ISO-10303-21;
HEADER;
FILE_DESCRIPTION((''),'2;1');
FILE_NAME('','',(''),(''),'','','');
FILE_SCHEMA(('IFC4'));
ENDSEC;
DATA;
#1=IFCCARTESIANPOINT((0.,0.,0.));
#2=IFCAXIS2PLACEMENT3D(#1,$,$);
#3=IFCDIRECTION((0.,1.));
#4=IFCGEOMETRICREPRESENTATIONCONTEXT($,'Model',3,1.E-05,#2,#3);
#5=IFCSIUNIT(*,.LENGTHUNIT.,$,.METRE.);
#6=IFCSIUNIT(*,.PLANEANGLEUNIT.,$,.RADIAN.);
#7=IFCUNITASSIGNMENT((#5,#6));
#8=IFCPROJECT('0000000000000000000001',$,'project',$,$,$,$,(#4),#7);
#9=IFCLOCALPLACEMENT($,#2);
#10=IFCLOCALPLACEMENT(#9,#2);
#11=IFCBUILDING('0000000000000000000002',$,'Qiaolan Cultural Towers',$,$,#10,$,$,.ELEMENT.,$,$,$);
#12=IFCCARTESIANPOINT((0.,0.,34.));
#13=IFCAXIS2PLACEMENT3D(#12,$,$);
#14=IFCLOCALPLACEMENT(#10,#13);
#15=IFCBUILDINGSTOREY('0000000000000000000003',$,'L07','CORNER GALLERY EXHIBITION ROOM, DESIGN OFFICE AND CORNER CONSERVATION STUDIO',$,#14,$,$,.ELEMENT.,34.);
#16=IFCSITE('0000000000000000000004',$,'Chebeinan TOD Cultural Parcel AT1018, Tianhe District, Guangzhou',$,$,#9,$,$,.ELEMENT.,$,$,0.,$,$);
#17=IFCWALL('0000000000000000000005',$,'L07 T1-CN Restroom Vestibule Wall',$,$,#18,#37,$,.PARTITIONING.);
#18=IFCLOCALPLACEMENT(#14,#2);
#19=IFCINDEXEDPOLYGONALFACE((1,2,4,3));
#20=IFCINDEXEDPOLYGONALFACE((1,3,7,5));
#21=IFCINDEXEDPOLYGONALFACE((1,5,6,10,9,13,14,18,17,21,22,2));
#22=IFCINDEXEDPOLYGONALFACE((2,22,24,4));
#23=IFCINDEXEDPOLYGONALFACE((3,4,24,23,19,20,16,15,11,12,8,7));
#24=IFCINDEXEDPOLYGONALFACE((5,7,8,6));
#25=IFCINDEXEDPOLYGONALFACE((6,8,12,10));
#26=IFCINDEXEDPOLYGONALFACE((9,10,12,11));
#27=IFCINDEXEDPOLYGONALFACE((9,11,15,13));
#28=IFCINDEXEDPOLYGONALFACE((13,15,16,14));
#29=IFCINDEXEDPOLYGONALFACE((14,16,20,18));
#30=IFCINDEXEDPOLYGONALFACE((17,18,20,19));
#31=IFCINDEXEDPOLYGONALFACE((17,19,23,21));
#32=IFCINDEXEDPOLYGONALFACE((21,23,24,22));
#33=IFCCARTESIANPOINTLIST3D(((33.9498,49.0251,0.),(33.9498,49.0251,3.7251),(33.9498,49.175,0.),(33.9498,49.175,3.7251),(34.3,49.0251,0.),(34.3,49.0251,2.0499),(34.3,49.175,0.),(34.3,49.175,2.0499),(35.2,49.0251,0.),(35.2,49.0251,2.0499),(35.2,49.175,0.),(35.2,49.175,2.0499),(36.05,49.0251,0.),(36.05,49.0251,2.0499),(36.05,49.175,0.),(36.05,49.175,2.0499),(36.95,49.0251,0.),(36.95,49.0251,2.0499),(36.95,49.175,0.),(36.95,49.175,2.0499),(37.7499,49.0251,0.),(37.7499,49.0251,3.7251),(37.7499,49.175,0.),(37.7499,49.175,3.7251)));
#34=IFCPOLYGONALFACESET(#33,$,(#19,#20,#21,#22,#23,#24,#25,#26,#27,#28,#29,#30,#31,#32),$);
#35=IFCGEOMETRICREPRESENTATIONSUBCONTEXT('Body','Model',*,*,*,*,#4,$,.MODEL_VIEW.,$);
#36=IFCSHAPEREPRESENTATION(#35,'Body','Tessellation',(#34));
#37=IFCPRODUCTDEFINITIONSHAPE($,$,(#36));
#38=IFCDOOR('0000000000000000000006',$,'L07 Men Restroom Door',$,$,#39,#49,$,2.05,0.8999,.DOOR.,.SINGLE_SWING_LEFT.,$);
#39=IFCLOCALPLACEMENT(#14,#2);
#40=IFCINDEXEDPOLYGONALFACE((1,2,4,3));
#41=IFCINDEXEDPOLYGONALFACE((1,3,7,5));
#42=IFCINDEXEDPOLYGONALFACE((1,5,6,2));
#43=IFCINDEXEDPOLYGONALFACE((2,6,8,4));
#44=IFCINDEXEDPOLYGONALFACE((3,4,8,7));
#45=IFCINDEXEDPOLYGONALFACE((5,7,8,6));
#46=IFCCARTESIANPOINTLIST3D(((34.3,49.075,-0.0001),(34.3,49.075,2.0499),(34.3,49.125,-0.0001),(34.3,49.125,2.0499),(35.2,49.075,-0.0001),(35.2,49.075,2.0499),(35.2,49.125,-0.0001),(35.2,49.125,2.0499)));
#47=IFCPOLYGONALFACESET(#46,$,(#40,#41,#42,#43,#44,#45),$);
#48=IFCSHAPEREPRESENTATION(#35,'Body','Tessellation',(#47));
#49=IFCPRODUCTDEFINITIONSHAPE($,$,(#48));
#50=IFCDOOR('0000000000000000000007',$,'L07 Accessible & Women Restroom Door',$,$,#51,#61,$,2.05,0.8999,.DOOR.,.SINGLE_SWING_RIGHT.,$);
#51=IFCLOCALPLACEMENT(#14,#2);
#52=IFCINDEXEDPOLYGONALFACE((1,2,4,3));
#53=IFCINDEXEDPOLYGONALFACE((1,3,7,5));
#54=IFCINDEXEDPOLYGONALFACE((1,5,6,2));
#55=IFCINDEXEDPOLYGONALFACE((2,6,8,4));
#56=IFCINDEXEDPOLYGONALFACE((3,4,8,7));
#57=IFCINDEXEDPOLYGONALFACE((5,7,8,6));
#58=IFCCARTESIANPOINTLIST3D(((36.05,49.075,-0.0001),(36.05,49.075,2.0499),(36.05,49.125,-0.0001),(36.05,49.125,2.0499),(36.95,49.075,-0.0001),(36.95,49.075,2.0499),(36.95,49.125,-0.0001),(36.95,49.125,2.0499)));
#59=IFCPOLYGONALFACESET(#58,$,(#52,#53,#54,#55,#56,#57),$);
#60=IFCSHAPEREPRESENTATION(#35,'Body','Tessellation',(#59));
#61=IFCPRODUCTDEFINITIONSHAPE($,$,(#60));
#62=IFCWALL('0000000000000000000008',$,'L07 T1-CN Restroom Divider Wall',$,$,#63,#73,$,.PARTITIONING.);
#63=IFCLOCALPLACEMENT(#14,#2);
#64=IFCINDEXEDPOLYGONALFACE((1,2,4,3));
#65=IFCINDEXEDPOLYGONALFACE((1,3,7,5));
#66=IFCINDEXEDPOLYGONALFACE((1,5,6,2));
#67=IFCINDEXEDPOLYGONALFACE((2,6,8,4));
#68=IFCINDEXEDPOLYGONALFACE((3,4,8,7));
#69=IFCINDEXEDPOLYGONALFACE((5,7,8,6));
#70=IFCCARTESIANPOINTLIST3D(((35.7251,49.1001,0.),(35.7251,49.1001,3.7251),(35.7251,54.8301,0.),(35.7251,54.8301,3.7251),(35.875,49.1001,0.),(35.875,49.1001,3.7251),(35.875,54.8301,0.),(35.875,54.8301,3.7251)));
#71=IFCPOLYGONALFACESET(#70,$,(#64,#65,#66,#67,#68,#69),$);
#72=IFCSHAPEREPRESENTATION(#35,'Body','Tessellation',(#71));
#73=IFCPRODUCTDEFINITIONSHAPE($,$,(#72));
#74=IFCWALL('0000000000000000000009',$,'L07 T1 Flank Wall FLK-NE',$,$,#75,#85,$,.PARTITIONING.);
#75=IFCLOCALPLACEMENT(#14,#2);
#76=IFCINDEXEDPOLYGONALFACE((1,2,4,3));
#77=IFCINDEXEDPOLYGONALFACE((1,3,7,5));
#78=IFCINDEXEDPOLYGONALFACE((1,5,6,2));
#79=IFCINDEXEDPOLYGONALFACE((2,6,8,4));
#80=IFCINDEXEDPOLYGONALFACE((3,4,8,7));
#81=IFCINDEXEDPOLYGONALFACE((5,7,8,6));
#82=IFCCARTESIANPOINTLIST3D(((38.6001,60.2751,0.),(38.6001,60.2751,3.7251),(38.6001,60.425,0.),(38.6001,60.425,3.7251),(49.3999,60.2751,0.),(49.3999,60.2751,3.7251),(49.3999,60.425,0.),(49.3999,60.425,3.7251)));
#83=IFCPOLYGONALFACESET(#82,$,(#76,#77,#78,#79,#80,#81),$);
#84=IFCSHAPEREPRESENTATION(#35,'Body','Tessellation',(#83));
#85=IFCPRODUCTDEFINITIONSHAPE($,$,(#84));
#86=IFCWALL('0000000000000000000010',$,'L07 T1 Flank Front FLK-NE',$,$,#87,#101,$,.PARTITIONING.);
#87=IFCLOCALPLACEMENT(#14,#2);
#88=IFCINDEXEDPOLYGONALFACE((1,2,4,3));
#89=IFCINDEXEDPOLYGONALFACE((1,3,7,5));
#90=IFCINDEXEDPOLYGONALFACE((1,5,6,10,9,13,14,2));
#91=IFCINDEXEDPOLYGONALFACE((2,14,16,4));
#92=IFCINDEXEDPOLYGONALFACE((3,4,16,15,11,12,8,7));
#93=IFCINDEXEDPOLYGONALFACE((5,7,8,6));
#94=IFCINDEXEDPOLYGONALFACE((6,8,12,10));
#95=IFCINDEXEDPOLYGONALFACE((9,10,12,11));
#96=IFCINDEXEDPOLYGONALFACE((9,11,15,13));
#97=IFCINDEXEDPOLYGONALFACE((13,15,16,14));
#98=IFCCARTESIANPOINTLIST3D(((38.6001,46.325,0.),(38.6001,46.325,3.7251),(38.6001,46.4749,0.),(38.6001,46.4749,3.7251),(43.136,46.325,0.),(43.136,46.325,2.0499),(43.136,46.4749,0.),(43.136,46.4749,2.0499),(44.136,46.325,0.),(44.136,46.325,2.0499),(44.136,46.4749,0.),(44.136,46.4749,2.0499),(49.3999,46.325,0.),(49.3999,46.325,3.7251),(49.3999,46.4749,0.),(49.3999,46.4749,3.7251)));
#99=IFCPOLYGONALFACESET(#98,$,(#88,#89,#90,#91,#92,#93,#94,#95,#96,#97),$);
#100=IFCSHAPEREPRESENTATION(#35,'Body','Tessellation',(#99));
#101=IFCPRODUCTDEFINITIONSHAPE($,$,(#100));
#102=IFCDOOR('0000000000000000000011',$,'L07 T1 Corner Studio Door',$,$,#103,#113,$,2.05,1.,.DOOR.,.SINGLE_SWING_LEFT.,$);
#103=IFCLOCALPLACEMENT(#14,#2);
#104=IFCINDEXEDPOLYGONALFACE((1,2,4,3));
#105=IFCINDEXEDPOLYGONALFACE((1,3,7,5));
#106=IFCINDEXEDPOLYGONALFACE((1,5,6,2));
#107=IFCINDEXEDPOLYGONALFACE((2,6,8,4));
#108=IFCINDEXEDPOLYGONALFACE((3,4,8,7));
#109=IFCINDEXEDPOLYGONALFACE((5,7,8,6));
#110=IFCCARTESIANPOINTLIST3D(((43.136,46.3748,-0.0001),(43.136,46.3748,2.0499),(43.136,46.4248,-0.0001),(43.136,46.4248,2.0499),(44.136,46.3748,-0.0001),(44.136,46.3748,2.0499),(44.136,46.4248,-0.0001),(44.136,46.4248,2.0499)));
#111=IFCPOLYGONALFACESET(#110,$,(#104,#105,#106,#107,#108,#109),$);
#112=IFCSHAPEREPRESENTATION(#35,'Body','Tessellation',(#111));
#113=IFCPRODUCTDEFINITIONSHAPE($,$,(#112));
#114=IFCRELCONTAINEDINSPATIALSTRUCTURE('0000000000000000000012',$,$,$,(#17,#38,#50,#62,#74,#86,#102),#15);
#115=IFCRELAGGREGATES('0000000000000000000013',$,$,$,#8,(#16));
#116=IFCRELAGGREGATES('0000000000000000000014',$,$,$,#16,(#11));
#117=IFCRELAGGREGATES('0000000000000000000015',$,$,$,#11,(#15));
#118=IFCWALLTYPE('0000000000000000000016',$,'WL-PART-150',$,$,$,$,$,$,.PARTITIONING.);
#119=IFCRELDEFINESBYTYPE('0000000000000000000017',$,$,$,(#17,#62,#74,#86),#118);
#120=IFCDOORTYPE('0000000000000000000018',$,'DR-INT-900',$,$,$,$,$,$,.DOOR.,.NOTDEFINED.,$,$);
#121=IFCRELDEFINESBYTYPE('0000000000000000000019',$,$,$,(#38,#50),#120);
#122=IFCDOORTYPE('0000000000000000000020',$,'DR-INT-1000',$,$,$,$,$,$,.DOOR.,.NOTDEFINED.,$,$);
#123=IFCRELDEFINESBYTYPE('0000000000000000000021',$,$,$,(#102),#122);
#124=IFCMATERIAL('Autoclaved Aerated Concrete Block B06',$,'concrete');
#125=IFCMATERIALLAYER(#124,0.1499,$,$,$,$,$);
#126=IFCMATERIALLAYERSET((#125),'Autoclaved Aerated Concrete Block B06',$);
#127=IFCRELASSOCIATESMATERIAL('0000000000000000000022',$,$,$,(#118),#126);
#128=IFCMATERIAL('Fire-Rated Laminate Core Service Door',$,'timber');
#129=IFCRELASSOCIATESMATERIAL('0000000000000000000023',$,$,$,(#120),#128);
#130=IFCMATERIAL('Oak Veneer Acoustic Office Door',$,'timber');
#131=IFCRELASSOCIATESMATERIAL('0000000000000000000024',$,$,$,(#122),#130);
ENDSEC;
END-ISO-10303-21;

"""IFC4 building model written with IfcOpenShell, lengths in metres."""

from ifc_helpers import new_model, si_unit, direction, frame, frame_2d, origin, place, context, subcontext, project, spatial, rectangle, extrude, material, layer, layer_set, type_object, element, fill, save


model = new_model("IFC4")

# Units and contexts
model_context = context("Model", 3, precision=1e-05, world=origin(), true_north=direction((0.0, 1.0)))
body_context = subcontext(model_context, "Body", "Model", "MODEL_VIEW")
ifc_project = project(units=[si_unit("LENGTHUNIT", "METRE"), si_unit("PLANEANGLEUNIT", "RADIAN")], contexts=[model_context])

# Site, building, storey
site_placement = place(None, origin())
site = spatial("IfcSite", under=ifc_project, at=site_placement, Name="Chebeinan TOD Cultural Parcel AT1018, Tianhe District, Guangzhou", CompositionType="ELEMENT", RefElevation=0.0)
building_placement = place(site_placement, origin())
building = spatial("IfcBuilding", under=site, at=building_placement, Name="Qiaolan Cultural Towers", CompositionType="ELEMENT")
storey_placement = place(building_placement, frame((0.0, 0.0, 34.0)))
storey = spatial("IfcBuildingStorey", under=building, at=storey_placement, Name="L07", Description="CORNER GALLERY EXHIBITION ROOM, DESIGN OFFICE AND CORNER CONSERVATION STUDIO", CompositionType="ELEMENT", Elevation=34.0)

# Shared definitions
ifc_material_1 = material(Name="Autoclaved Aerated Concrete Block B06", Category="concrete")
ifc_layer_1 = layer(ifc_material_1, 0.1499)
ifc_layer_set_1 = layer_set([ifc_layer_1], Name="Autoclaved Aerated Concrete Block B06")
wall_type_1 = type_object("IfcWallType", Name="WL-PART-150", PredefinedType="PARTITIONING", material=ifc_layer_set_1)

# Wall, openings, doors
wall_1_placement = place(storey_placement, frame((33.95, 49.1001, 0.0), z_axis=(0.0, 0.0, 1.0), x_axis=(1.0, 0.0, 0.0)))
wall_1 = element("IfcWall", 1, at=wall_1_placement, inside=storey, type_object=wall_type_1, Name="L07 T1-CN Restroom Vestibule Wall", PredefinedType="PARTITIONING", context=body_context, shape_type="SweptSolid", body=[
    extrude(rectangle(XDim=3.8, YDim=0.1499, at=frame_2d((1.8999, 0.0))), origin(), (0.0, 0.0, 1.0), 3.7251),
])
opening_1_placement = place(wall_1_placement, frame((0.3501, 0.0, 0.0)))
opening_1 = element("IfcOpeningElement", 2, at=opening_1_placement, cuts=wall_1, PredefinedType="OPENING", context=body_context, shape_type="SweptSolid", body=[
    extrude(rectangle(XDim=0.8999, YDim=2.05, at=frame_2d((0.45, 1.0249))), frame((0.0, 0.085, 0.0), z_axis=(0.0, -1.0, 0.0), x_axis=(1.0, 0.0, 0.0)), (0.0, 0.0, 1.0), 0.1699),
])
opening_2_placement = place(wall_1_placement, frame((2.1001, 0.0, 0.0)))
opening_2 = element("IfcOpeningElement", 3, at=opening_2_placement, cuts=wall_1, PredefinedType="OPENING", context=body_context, shape_type="SweptSolid", body=[
    extrude(rectangle(XDim=0.8999, YDim=2.05, at=frame_2d((0.45, 1.0249))), frame((0.0, 0.085, 0.0), z_axis=(0.0, -1.0, 0.0), x_axis=(1.0, 0.0, 0.0)), (0.0, 0.0, 1.0), 0.1699),
])
ifc_material_2 = material(Name="Fire-Rated Laminate Core Service Door", Category="timber")
door_type_1 = type_object("IfcDoorType", Name="DR-INT-900", OperationType="NOTDEFINED", PredefinedType="DOOR", material=ifc_material_2)
door_1_placement = place(opening_1_placement, origin())
door_1 = element("IfcDoor", 4, at=door_1_placement, inside=storey, type_object=door_type_1, Name="L07 Men Restroom Door", OperationType="SINGLE_SWING_LEFT", OverallHeight=2.05, OverallWidth=0.8999, PredefinedType="DOOR", context=body_context, shape_type="SweptSolid", body=[
    extrude(rectangle(XDim=0.8999, YDim=2.05, at=frame_2d((0.45, 1.0249))), frame((0.0, 0.0249, 0.0), z_axis=(0.0, -1.0, 0.0), x_axis=(1.0, 0.0, 0.0)), (0.0, 0.0, 1.0), 0.05),
])
fill(opening_1, door_1)
door_2_placement = place(opening_2_placement, origin())
door_2 = element("IfcDoor", 5, at=door_2_placement, inside=storey, type_object=door_type_1, Name="L07 Accessible & Women Restroom Door", OperationType="SINGLE_SWING_RIGHT", OverallHeight=2.05, OverallWidth=0.8999, PredefinedType="DOOR", context=body_context, shape_type="SweptSolid", body=[
    extrude(rectangle(XDim=0.8999, YDim=2.05, at=frame_2d((0.45, 1.0249))), frame((0.0, 0.0249, 0.0), z_axis=(0.0, -1.0, 0.0), x_axis=(1.0, 0.0, 0.0)), (0.0, 0.0, 1.0), 0.05),
])
fill(opening_2, door_2)

# Walls
wall_2_placement = place(storey_placement, frame((35.8, 49.1001, 0.0), z_axis=(0.0, 0.0, 1.0), x_axis=(0.0, 1.0, 0.0)))
element("IfcWall", 6, at=wall_2_placement, inside=storey, type_object=wall_type_1, Name="L07 T1-CN Restroom Divider Wall", PredefinedType="PARTITIONING", context=body_context, shape_type="SweptSolid", body=[
    extrude(rectangle(XDim=5.73, YDim=0.1499, at=frame_2d((2.865, 0.0))), origin(), (0.0, 0.0, 1.0), 3.7251),
])
wall_3_placement = place(storey_placement, frame((38.6001, 60.3501, 0.0), z_axis=(0.0, 0.0, 1.0), x_axis=(1.0, 0.0, 0.0)))
element("IfcWall", 7, at=wall_3_placement, inside=storey, type_object=wall_type_1, Name="L07 T1 Flank Wall FLK-NE", PredefinedType="PARTITIONING", context=body_context, shape_type="SweptSolid", body=[
    extrude(rectangle(XDim=10.7998, YDim=0.1499, at=frame_2d((5.3999, 0.0))), origin(), (0.0, 0.0, 1.0), 3.7251),
])

# Wall, opening, door
wall_4_placement = place(storey_placement, frame((38.6001, 46.3999, 0.0), z_axis=(0.0, 0.0, 1.0), x_axis=(1.0, 0.0, 0.0)))
wall_4 = element("IfcWall", 8, at=wall_4_placement, inside=storey, type_object=wall_type_1, Name="L07 T1 Flank Front FLK-NE", PredefinedType="PARTITIONING", context=body_context, shape_type="SweptSolid", body=[
    extrude(rectangle(XDim=10.7998, YDim=0.1499, at=frame_2d((5.3999, 0.0))), origin(), (0.0, 0.0, 1.0), 3.7251),
])
opening_3_placement = place(wall_4_placement, frame((4.5359, 0.0, 0.0)))
opening_3 = element("IfcOpeningElement", 9, at=opening_3_placement, cuts=wall_4, PredefinedType="OPENING", context=body_context, shape_type="SweptSolid", body=[
    extrude(rectangle(XDim=1.0, YDim=2.05, at=frame_2d((0.5, 1.0249))), frame((0.0, 0.085, 0.0), z_axis=(0.0, -1.0, 0.0), x_axis=(1.0, 0.0, 0.0)), (0.0, 0.0, 1.0), 0.1699),
])
ifc_material_3 = material(Name="Oak Veneer Acoustic Office Door", Category="timber")
door_type_2 = type_object("IfcDoorType", Name="DR-INT-1000", OperationType="NOTDEFINED", PredefinedType="DOOR", material=ifc_material_3)
door_3_placement = place(opening_3_placement, origin())
door_3 = element("IfcDoor", 10, at=door_3_placement, inside=storey, type_object=door_type_2, Name="L07 T1 Corner Studio Door", OperationType="SINGLE_SWING_LEFT", OverallHeight=2.05, OverallWidth=1.0, PredefinedType="DOOR", context=body_context, shape_type="SweptSolid", body=[
    extrude(rectangle(XDim=1.0, YDim=2.05, at=frame_2d((0.5, 1.0249))), frame((0.0, 0.0249, 0.0), z_axis=(0.0, -1.0, 0.0), x_axis=(1.0, 0.0, 0.0)), (0.0, 0.0, 1.0), 0.05),
])
fill(opening_3, door_3)

save(model, "model.ifc")
